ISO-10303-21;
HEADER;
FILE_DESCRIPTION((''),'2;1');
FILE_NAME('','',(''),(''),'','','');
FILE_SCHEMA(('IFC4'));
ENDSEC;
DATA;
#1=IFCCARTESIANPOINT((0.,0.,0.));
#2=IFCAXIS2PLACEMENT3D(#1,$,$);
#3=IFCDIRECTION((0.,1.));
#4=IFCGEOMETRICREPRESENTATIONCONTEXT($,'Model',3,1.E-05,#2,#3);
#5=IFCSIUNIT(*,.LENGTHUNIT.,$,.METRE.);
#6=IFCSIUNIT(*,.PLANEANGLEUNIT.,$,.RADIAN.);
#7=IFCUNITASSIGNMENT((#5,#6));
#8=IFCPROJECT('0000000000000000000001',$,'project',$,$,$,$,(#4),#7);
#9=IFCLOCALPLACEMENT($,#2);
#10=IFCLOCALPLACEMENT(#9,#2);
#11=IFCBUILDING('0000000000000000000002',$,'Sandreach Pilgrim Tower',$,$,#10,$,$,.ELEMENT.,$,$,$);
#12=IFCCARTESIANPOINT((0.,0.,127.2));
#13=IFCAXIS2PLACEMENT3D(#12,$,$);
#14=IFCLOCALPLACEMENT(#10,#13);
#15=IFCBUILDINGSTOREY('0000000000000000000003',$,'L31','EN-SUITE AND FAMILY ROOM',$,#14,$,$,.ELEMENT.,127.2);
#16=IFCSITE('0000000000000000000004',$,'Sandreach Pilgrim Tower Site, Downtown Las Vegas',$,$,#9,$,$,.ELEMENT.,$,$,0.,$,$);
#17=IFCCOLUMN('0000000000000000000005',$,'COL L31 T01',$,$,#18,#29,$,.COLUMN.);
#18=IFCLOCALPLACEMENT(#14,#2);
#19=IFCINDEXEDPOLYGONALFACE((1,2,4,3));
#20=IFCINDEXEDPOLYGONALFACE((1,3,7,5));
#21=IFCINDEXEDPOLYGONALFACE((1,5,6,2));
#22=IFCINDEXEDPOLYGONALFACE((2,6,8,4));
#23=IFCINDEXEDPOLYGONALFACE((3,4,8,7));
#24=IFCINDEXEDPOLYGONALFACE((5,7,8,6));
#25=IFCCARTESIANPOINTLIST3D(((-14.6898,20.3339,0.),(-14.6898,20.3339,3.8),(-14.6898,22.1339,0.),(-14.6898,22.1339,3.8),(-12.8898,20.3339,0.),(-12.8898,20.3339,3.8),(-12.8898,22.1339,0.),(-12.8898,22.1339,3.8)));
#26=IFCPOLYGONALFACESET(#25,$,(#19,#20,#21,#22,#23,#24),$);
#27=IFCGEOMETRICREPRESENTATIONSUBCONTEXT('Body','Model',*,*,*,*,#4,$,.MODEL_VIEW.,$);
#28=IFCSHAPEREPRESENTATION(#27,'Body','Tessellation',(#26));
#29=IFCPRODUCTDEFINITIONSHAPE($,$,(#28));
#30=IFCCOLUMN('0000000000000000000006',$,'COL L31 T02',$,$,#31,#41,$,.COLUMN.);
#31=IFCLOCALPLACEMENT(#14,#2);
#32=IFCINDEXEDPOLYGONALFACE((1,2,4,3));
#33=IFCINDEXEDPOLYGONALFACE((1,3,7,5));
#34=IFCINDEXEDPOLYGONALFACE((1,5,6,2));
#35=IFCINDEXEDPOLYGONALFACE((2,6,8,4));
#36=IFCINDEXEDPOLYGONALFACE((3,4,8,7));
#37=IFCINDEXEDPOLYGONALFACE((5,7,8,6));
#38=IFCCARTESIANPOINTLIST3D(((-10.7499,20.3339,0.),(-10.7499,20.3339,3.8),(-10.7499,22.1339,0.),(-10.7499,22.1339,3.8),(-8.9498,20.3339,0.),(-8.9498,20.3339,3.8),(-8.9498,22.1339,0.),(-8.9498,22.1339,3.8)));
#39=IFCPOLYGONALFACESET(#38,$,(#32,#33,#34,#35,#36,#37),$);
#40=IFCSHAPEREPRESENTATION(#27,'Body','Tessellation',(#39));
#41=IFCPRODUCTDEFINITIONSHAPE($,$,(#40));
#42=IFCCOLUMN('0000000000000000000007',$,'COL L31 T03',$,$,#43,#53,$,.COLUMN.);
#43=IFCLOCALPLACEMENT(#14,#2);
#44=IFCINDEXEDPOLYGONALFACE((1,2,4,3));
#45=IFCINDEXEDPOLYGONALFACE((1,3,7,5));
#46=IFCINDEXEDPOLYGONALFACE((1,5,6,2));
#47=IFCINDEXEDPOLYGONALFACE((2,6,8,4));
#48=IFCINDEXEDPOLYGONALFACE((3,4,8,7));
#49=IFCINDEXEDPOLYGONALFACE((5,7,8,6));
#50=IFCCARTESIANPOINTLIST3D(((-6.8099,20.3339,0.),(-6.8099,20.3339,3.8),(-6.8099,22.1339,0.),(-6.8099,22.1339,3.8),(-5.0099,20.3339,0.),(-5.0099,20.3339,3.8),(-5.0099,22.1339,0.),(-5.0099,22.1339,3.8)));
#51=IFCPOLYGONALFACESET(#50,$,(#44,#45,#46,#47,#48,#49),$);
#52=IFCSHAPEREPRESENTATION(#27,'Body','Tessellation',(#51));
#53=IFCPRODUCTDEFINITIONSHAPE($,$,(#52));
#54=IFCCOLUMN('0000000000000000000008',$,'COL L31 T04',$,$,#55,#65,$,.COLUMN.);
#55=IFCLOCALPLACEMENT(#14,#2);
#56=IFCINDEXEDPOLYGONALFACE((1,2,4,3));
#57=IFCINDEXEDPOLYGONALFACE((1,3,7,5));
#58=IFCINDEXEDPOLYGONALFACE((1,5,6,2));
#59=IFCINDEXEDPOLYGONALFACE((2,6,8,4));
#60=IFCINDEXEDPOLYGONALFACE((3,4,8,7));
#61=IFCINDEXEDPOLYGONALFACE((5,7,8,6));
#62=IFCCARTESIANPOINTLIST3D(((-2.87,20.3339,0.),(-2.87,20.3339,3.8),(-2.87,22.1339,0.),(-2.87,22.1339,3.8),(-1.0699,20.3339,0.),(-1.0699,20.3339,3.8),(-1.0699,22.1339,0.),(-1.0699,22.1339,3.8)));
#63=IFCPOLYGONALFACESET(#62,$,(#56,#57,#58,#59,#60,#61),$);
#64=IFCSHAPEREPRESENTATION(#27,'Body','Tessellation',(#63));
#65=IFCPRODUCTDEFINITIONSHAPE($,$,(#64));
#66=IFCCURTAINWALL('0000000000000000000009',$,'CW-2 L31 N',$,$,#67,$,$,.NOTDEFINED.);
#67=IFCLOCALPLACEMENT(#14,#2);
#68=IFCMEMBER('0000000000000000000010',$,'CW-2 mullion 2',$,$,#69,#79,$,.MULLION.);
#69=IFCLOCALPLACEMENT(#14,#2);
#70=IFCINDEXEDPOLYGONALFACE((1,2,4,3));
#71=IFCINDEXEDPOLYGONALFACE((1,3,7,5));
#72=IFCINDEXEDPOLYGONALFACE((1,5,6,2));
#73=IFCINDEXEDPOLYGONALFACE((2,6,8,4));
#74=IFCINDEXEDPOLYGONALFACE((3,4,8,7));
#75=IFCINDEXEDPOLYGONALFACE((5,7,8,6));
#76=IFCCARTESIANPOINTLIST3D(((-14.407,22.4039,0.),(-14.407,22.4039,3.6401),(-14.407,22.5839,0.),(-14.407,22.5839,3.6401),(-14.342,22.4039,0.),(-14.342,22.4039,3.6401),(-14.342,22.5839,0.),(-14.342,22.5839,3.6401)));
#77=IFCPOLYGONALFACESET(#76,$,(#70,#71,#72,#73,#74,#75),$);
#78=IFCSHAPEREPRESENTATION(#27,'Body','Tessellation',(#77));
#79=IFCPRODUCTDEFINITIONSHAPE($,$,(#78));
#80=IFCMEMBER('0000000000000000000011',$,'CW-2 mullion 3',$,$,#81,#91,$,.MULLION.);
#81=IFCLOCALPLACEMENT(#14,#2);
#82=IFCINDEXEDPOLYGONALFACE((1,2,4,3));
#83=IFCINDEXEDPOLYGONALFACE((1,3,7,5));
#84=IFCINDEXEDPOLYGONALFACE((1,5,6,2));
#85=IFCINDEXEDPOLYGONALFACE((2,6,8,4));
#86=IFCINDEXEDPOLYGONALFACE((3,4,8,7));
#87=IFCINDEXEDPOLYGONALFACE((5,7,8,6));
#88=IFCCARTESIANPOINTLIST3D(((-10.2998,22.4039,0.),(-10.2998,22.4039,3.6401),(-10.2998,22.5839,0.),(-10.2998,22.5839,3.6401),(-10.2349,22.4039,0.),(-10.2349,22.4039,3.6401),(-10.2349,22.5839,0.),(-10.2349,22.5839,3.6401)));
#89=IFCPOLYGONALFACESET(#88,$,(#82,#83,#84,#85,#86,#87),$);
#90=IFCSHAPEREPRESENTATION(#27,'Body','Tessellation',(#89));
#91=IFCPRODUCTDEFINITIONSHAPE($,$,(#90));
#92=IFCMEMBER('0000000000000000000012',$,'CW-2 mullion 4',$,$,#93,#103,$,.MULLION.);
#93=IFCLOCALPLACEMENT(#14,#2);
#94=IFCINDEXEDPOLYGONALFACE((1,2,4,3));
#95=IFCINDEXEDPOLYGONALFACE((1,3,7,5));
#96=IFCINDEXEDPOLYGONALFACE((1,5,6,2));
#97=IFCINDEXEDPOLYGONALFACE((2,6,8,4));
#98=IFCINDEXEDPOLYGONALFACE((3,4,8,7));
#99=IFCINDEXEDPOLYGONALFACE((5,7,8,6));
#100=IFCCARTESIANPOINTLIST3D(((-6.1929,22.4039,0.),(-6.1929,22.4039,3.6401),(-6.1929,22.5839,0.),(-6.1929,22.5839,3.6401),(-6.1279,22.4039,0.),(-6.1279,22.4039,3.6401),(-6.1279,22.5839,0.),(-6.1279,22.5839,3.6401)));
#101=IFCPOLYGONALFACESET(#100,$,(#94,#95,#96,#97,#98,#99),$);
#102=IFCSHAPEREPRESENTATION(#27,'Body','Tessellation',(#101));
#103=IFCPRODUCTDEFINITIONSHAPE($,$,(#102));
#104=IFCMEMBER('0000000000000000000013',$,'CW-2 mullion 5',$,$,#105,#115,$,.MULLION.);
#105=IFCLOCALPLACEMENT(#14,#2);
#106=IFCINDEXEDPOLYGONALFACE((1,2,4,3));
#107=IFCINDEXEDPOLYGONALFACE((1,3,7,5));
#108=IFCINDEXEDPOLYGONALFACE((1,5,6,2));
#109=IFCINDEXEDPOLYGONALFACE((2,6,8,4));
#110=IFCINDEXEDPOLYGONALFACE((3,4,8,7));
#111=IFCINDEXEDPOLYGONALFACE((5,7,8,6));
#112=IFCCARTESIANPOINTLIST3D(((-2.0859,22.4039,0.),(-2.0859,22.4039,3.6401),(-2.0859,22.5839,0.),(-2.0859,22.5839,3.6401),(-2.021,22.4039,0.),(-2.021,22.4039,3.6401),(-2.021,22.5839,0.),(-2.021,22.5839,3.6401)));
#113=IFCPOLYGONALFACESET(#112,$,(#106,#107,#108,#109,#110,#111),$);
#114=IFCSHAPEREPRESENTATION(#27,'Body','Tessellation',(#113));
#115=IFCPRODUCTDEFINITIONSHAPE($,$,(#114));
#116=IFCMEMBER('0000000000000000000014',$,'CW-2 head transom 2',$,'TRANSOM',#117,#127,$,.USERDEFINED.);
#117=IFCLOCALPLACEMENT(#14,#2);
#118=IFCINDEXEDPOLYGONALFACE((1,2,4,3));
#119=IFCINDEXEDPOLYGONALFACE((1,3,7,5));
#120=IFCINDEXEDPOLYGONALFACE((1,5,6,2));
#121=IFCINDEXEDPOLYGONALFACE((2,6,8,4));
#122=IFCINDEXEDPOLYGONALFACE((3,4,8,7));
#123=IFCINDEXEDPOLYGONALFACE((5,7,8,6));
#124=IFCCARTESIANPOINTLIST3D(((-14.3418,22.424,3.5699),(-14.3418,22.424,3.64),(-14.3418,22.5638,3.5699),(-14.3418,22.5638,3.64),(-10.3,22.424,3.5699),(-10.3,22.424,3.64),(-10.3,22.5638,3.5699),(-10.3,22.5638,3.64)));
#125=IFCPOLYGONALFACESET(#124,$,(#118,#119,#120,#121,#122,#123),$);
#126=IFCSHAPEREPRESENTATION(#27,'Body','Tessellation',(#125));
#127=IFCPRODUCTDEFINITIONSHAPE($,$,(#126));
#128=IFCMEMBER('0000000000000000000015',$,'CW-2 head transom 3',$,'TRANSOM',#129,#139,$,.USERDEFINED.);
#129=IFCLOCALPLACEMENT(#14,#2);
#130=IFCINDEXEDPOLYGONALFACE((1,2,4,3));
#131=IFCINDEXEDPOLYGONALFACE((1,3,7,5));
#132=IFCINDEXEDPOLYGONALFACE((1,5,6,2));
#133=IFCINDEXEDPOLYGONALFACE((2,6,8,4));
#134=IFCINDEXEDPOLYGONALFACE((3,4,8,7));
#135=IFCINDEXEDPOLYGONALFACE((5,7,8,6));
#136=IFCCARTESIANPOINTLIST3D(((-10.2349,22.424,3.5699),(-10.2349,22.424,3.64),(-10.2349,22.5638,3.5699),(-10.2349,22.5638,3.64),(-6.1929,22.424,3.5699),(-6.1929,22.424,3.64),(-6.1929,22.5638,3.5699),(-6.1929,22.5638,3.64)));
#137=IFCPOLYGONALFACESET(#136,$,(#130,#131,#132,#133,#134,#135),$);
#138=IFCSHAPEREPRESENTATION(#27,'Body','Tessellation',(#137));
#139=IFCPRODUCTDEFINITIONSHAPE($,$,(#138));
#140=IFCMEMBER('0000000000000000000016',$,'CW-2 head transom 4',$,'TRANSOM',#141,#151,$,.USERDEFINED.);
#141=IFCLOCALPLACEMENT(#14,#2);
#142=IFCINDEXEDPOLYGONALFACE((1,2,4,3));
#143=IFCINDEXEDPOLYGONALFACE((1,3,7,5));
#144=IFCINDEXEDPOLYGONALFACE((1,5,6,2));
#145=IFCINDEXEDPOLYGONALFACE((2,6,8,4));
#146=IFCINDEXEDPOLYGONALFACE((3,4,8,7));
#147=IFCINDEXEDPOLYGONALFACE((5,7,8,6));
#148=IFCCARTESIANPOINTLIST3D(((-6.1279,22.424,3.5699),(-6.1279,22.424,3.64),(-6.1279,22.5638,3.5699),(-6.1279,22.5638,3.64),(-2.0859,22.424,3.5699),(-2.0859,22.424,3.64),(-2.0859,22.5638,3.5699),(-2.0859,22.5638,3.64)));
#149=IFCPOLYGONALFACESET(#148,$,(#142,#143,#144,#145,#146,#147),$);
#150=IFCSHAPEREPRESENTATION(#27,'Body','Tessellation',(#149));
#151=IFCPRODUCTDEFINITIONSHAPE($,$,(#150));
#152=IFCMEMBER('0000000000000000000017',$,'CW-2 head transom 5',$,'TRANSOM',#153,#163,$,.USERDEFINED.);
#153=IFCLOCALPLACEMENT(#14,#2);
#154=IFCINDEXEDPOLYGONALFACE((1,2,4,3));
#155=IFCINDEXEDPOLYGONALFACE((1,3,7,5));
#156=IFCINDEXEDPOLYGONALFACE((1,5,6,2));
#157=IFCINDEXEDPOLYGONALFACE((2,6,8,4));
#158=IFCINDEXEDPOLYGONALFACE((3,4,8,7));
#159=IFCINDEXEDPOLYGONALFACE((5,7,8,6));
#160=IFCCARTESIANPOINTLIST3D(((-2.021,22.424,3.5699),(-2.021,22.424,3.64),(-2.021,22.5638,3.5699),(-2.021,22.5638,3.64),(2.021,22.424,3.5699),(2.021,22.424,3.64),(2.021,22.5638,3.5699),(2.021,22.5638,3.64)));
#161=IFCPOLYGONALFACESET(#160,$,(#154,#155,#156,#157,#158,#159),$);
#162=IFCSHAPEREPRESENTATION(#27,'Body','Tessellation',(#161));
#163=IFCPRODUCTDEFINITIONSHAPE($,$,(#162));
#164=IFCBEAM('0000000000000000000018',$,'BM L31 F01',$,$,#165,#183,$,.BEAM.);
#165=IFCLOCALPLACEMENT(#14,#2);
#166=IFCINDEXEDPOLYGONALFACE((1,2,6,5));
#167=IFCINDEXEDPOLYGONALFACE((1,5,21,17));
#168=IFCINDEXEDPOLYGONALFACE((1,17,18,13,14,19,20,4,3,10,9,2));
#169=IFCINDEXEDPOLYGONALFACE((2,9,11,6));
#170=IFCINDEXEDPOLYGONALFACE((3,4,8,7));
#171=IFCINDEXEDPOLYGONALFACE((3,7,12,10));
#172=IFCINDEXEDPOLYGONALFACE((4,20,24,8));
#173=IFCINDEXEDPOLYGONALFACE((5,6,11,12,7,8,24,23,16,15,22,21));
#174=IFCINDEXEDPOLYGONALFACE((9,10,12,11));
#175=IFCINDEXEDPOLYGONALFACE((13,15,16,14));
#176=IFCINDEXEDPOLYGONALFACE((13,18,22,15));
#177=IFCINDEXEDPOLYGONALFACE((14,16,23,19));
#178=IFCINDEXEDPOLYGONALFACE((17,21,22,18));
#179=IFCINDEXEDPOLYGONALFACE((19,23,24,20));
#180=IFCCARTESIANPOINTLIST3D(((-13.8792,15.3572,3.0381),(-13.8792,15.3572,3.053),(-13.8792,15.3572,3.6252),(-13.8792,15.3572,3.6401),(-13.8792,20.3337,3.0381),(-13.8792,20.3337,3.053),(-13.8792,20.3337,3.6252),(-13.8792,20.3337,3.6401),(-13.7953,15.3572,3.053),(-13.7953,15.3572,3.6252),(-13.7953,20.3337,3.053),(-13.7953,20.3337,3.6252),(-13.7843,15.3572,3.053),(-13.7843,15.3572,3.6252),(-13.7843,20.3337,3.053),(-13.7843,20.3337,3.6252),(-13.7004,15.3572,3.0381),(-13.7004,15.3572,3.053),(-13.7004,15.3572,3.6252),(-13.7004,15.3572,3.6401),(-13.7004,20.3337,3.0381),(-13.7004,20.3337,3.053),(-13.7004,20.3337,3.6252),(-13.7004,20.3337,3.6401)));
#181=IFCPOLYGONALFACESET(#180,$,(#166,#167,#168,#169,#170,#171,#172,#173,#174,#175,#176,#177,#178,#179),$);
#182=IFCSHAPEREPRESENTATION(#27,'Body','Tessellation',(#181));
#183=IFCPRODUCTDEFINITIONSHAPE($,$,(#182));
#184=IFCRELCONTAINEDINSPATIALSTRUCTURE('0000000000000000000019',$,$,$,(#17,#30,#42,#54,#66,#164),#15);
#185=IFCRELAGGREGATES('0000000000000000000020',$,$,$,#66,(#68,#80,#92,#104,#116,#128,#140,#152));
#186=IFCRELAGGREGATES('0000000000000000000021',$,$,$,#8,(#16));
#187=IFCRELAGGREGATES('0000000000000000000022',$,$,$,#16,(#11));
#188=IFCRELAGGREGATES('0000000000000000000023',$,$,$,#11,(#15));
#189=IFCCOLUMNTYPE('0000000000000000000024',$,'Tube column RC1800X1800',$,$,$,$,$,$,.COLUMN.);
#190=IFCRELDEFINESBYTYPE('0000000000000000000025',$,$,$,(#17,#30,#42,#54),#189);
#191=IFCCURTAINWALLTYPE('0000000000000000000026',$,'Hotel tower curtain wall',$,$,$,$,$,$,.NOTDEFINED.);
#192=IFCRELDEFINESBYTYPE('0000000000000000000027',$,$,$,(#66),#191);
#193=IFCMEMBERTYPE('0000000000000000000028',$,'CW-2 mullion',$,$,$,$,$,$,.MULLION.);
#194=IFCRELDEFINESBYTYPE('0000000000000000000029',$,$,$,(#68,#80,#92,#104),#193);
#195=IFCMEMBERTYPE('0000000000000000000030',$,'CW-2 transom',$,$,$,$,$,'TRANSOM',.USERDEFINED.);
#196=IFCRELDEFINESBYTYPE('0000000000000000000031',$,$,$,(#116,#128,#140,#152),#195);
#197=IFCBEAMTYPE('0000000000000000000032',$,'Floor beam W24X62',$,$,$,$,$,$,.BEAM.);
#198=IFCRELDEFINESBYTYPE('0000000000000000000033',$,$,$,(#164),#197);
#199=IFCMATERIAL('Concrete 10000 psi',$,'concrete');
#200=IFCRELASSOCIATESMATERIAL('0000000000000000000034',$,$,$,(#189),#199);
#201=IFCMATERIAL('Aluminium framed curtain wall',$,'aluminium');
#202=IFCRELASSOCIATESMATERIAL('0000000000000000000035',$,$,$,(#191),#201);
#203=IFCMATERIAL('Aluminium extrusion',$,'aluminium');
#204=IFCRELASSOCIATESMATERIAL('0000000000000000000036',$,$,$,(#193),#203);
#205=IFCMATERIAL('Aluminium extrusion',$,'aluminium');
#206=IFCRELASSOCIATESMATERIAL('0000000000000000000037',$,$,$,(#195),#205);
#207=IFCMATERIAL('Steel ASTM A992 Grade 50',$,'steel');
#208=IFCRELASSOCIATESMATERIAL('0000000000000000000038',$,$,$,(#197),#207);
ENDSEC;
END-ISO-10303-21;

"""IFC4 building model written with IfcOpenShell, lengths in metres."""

from ifc_helpers import new_model, si_unit, direction, frame, origin, origin_2d, place, context, subcontext, project, spatial, rectangle, i_section, extrude, material, material_profile, profile_set, type_object, element, aggregate, save


model = new_model("IFC4")

# Units and contexts
model_context = context("Model", 3, precision=1e-05, world=origin(), true_north=direction((0.0, 1.0)))
body_context = subcontext(model_context, "Body", "Model", "MODEL_VIEW")
ifc_project = project(units=[si_unit("LENGTHUNIT", "METRE"), si_unit("PLANEANGLEUNIT", "RADIAN")], contexts=[model_context])

# Site, building, storey
site_placement = place(None, origin())
site = spatial("IfcSite", under=ifc_project, at=site_placement, Name="Sandreach Pilgrim Tower Site, Downtown Las Vegas", CompositionType="ELEMENT", RefElevation=0.0)
building_placement = place(site_placement, origin())
building = spatial("IfcBuilding", under=site, at=building_placement, Name="Sandreach Pilgrim Tower", CompositionType="ELEMENT")
storey_placement = place(building_placement, frame((0.0, 0.0, 127.2)))
storey = spatial("IfcBuildingStorey", under=building, at=storey_placement, Name="L31", Description="EN-SUITE AND FAMILY ROOM", CompositionType="ELEMENT", Elevation=127.2)

# Columns
ifc_material_1 = material(Name="Concrete 10000 psi", Category="concrete")
ifc_material_profile_1 = material_profile(ifc_material_1, rectangle(XDim=1.8, YDim=1.8, at=origin_2d()), Name="RC1800X1800")
ifc_profile_set_1 = profile_set([ifc_material_profile_1], Name="Concrete 10000 psi")
column_type = type_object("IfcColumnType", Name="Tube column RC1800X1800", PredefinedType="COLUMN", material=ifc_profile_set_1)
for number, where, z_axis, x_axis, name in (
    (1, (-13.7898, 21.2339, 0.0), (0.0, 0.0, 1.0), (0.0, 1.0, 0.0), "COL L31 T01"),
    (2, (-9.8499, 21.2339, 0.0), (0.0, 0.0, 1.0), (0.0, 1.0, 0.0), "COL L31 T02"),
    (3, (-5.9099, 21.2339, 0.0), (0.0, 0.0, 1.0), (0.0, 1.0, 0.0), "COL L31 T03"),
    (4, (-1.97, 21.2339, 0.0), (0.0, 0.0, 1.0), (0.0, 1.0, 0.0), "COL L31 T04"),
):
    element("IfcColumn", number, at=place(storey_placement, frame(where, z_axis=z_axis, x_axis=x_axis)), inside=storey, type_object=column_type, Name=name, PredefinedType="COLUMN", context=body_context, shape_type="SweptSolid", body=[
        extrude(rectangle(XDim=1.8, YDim=1.8, at=origin_2d()), origin(), (0.0, 0.0, 1.0), 3.8),
    ])

# Curtain wall, members
ifc_material_2 = material(Name="Aluminium framed curtain wall", Category="aluminium")
curtain_wall_type = type_object("IfcCurtainWallType", Name="Hotel tower curtain wall", PredefinedType="NOTDEFINED", material=ifc_material_2)
curtain_wall_placement = place(storey_placement, origin())
curtain_wall = element("IfcCurtainWall", 5, at=curtain_wall_placement, inside=storey, type_object=curtain_wall_type, Name="CW-2 L31 N", PredefinedType="NOTDEFINED")
ifc_material_3 = material(Name="Aluminium extrusion", Category="aluminium")
ifc_material_profile_2 = material_profile(ifc_material_3, rectangle(XDim=0.0649, YDim=0.1799, at=origin_2d()), Name="CW-2M 65X180")
ifc_profile_set_2 = profile_set([ifc_material_profile_2], Name="Aluminium extrusion")
member_type_1 = type_object("IfcMemberType", Name="CW-2 mullion", PredefinedType="MULLION", material=ifc_profile_set_2)
member_1_placement = place(storey_placement, frame((-14.3745, 22.4939, 0.0), z_axis=(0.0, 0.0, 1.0), x_axis=(1.0, 0.0, 0.0)))
member_1 = element("IfcMember", 6, at=member_1_placement, type_object=member_type_1, Name="CW-2 mullion 2", PredefinedType="MULLION", context=body_context, shape_type="SweptSolid", body=[
    extrude(rectangle(XDim=0.0649, YDim=0.1799, at=origin_2d()), origin(), (0.0, 0.0, 1.0), 3.6401),
])
member_2_placement = place(storey_placement, frame((-10.2673, 22.4939, 0.0), z_axis=(0.0, 0.0, 1.0), x_axis=(1.0, 0.0, 0.0)))
member_2 = element("IfcMember", 7, at=member_2_placement, type_object=member_type_1, Name="CW-2 mullion 3", PredefinedType="MULLION", context=body_context, shape_type="SweptSolid", body=[
    extrude(rectangle(XDim=0.0649, YDim=0.1799, at=origin_2d()), origin(), (0.0, 0.0, 1.0), 3.6401),
])
member_3_placement = place(storey_placement, frame((-6.1604, 22.4939, 0.0), z_axis=(0.0, 0.0, 1.0), x_axis=(1.0, 0.0, 0.0)))
member_3 = element("IfcMember", 8, at=member_3_placement, type_object=member_type_1, Name="CW-2 mullion 4", PredefinedType="MULLION", context=body_context, shape_type="SweptSolid", body=[
    extrude(rectangle(XDim=0.0649, YDim=0.1799, at=origin_2d()), origin(), (0.0, 0.0, 1.0), 3.6401),
])
member_4_placement = place(storey_placement, frame((-2.0535, 22.4939, 0.0), z_axis=(0.0, 0.0, 1.0), x_axis=(1.0, 0.0, 0.0)))
member_4 = element("IfcMember", 9, at=member_4_placement, type_object=member_type_1, Name="CW-2 mullion 5", PredefinedType="MULLION", context=body_context, shape_type="SweptSolid", body=[
    extrude(rectangle(XDim=0.0649, YDim=0.1799, at=origin_2d()), origin(), (0.0, 0.0, 1.0), 3.6401),
])
ifc_material_4 = material(Name="Aluminium extrusion", Category="aluminium")
ifc_material_profile_3 = material_profile(ifc_material_4, rectangle(XDim=0.1399, YDim=0.0701, at=origin_2d()), Name="CW-2T 140X70")
ifc_profile_set_3 = profile_set([ifc_material_profile_3], Name="Aluminium extrusion")
member_type_2 = type_object("IfcMemberType", Name="CW-2 transom", ElementType="TRANSOM", PredefinedType="USERDEFINED", material=ifc_profile_set_3)
member_5_placement = place(storey_placement, frame((-14.3418, 22.4939, 3.605), z_axis=(1.0, 0.0, 0.0), x_axis=(0.0, 1.0, 0.0)))
member_5 = element("IfcMember", 10, at=member_5_placement, type_object=member_type_2, Name="CW-2 head transom 2", ObjectType="TRANSOM", PredefinedType="USERDEFINED", context=body_context, shape_type="SweptSolid", body=[
    extrude(rectangle(XDim=0.1399, YDim=0.0701, at=origin_2d()), origin(), (0.0, 0.0, 1.0), 4.0417),
])
member_6_placement = place(storey_placement, frame((-10.2349, 22.4939, 3.605), z_axis=(1.0, 0.0, 0.0), x_axis=(0.0, 1.0, 0.0)))
member_6 = element("IfcMember", 11, at=member_6_placement, type_object=member_type_2, Name="CW-2 head transom 3", ObjectType="TRANSOM", PredefinedType="USERDEFINED", context=body_context, shape_type="SweptSolid", body=[
    extrude(rectangle(XDim=0.1399, YDim=0.0701, at=origin_2d()), origin(), (0.0, 0.0, 1.0), 4.042),
])
member_7_placement = place(storey_placement, frame((-6.1279, 22.4939, 3.605), z_axis=(1.0, 0.0, 0.0), x_axis=(0.0, 1.0, 0.0)))
member_7 = element("IfcMember", 12, at=member_7_placement, type_object=member_type_2, Name="CW-2 head transom 4", ObjectType="TRANSOM", PredefinedType="USERDEFINED", context=body_context, shape_type="SweptSolid", body=[
    extrude(rectangle(XDim=0.1399, YDim=0.0701, at=origin_2d()), origin(), (0.0, 0.0, 1.0), 4.042),
])
member_8_placement = place(storey_placement, frame((-2.021, 22.4939, 3.605), z_axis=(1.0, 0.0, 0.0), x_axis=(0.0, 1.0, 0.0)))
member_8 = element("IfcMember", 13, at=member_8_placement, type_object=member_type_2, Name="CW-2 head transom 5", ObjectType="TRANSOM", PredefinedType="USERDEFINED", context=body_context, shape_type="SweptSolid", body=[
    extrude(rectangle(XDim=0.1399, YDim=0.0701, at=origin_2d()), origin(), (0.0, 0.0, 1.0), 4.042),
])

# Beam
ifc_material_5 = material(Name="Steel ASTM A992 Grade 50", Category="steel")
ifc_material_profile_4 = material_profile(ifc_material_5, i_section(OverallWidth=0.1787, OverallDepth=0.6021, WebThickness=0.011, FlangeThickness=0.0149, at=origin_2d()), Name="W24X62")
ifc_profile_set_4 = profile_set([ifc_material_profile_4], Name="Steel ASTM A992 Grade 50")
beam_type_1 = type_object("IfcBeamType", Name="Floor beam W24X62", PredefinedType="BEAM", material=ifc_profile_set_4)
beam_1_placement = place(storey_placement, frame((-13.7898, 20.3337, 3.3391), z_axis=(0.0, -1.0, 0.0), x_axis=(1.0, 0.0, 0.0)))
element("IfcBeam", 14, at=beam_1_placement, inside=storey, type_object=beam_type_1, Name="BM L31 F01", PredefinedType="BEAM", context=body_context, shape_type="SweptSolid", body=[
    extrude(i_section(OverallWidth=0.1787, OverallDepth=0.6021, WebThickness=0.011, FlangeThickness=0.0149, at=origin_2d()), origin(), (0.0, 0.0, 1.0), 4.9766),
])

aggregate(curtain_wall, [member_1, member_2, member_3, member_4, member_5, member_6, member_7, member_8])

save(model, "model.ifc")
